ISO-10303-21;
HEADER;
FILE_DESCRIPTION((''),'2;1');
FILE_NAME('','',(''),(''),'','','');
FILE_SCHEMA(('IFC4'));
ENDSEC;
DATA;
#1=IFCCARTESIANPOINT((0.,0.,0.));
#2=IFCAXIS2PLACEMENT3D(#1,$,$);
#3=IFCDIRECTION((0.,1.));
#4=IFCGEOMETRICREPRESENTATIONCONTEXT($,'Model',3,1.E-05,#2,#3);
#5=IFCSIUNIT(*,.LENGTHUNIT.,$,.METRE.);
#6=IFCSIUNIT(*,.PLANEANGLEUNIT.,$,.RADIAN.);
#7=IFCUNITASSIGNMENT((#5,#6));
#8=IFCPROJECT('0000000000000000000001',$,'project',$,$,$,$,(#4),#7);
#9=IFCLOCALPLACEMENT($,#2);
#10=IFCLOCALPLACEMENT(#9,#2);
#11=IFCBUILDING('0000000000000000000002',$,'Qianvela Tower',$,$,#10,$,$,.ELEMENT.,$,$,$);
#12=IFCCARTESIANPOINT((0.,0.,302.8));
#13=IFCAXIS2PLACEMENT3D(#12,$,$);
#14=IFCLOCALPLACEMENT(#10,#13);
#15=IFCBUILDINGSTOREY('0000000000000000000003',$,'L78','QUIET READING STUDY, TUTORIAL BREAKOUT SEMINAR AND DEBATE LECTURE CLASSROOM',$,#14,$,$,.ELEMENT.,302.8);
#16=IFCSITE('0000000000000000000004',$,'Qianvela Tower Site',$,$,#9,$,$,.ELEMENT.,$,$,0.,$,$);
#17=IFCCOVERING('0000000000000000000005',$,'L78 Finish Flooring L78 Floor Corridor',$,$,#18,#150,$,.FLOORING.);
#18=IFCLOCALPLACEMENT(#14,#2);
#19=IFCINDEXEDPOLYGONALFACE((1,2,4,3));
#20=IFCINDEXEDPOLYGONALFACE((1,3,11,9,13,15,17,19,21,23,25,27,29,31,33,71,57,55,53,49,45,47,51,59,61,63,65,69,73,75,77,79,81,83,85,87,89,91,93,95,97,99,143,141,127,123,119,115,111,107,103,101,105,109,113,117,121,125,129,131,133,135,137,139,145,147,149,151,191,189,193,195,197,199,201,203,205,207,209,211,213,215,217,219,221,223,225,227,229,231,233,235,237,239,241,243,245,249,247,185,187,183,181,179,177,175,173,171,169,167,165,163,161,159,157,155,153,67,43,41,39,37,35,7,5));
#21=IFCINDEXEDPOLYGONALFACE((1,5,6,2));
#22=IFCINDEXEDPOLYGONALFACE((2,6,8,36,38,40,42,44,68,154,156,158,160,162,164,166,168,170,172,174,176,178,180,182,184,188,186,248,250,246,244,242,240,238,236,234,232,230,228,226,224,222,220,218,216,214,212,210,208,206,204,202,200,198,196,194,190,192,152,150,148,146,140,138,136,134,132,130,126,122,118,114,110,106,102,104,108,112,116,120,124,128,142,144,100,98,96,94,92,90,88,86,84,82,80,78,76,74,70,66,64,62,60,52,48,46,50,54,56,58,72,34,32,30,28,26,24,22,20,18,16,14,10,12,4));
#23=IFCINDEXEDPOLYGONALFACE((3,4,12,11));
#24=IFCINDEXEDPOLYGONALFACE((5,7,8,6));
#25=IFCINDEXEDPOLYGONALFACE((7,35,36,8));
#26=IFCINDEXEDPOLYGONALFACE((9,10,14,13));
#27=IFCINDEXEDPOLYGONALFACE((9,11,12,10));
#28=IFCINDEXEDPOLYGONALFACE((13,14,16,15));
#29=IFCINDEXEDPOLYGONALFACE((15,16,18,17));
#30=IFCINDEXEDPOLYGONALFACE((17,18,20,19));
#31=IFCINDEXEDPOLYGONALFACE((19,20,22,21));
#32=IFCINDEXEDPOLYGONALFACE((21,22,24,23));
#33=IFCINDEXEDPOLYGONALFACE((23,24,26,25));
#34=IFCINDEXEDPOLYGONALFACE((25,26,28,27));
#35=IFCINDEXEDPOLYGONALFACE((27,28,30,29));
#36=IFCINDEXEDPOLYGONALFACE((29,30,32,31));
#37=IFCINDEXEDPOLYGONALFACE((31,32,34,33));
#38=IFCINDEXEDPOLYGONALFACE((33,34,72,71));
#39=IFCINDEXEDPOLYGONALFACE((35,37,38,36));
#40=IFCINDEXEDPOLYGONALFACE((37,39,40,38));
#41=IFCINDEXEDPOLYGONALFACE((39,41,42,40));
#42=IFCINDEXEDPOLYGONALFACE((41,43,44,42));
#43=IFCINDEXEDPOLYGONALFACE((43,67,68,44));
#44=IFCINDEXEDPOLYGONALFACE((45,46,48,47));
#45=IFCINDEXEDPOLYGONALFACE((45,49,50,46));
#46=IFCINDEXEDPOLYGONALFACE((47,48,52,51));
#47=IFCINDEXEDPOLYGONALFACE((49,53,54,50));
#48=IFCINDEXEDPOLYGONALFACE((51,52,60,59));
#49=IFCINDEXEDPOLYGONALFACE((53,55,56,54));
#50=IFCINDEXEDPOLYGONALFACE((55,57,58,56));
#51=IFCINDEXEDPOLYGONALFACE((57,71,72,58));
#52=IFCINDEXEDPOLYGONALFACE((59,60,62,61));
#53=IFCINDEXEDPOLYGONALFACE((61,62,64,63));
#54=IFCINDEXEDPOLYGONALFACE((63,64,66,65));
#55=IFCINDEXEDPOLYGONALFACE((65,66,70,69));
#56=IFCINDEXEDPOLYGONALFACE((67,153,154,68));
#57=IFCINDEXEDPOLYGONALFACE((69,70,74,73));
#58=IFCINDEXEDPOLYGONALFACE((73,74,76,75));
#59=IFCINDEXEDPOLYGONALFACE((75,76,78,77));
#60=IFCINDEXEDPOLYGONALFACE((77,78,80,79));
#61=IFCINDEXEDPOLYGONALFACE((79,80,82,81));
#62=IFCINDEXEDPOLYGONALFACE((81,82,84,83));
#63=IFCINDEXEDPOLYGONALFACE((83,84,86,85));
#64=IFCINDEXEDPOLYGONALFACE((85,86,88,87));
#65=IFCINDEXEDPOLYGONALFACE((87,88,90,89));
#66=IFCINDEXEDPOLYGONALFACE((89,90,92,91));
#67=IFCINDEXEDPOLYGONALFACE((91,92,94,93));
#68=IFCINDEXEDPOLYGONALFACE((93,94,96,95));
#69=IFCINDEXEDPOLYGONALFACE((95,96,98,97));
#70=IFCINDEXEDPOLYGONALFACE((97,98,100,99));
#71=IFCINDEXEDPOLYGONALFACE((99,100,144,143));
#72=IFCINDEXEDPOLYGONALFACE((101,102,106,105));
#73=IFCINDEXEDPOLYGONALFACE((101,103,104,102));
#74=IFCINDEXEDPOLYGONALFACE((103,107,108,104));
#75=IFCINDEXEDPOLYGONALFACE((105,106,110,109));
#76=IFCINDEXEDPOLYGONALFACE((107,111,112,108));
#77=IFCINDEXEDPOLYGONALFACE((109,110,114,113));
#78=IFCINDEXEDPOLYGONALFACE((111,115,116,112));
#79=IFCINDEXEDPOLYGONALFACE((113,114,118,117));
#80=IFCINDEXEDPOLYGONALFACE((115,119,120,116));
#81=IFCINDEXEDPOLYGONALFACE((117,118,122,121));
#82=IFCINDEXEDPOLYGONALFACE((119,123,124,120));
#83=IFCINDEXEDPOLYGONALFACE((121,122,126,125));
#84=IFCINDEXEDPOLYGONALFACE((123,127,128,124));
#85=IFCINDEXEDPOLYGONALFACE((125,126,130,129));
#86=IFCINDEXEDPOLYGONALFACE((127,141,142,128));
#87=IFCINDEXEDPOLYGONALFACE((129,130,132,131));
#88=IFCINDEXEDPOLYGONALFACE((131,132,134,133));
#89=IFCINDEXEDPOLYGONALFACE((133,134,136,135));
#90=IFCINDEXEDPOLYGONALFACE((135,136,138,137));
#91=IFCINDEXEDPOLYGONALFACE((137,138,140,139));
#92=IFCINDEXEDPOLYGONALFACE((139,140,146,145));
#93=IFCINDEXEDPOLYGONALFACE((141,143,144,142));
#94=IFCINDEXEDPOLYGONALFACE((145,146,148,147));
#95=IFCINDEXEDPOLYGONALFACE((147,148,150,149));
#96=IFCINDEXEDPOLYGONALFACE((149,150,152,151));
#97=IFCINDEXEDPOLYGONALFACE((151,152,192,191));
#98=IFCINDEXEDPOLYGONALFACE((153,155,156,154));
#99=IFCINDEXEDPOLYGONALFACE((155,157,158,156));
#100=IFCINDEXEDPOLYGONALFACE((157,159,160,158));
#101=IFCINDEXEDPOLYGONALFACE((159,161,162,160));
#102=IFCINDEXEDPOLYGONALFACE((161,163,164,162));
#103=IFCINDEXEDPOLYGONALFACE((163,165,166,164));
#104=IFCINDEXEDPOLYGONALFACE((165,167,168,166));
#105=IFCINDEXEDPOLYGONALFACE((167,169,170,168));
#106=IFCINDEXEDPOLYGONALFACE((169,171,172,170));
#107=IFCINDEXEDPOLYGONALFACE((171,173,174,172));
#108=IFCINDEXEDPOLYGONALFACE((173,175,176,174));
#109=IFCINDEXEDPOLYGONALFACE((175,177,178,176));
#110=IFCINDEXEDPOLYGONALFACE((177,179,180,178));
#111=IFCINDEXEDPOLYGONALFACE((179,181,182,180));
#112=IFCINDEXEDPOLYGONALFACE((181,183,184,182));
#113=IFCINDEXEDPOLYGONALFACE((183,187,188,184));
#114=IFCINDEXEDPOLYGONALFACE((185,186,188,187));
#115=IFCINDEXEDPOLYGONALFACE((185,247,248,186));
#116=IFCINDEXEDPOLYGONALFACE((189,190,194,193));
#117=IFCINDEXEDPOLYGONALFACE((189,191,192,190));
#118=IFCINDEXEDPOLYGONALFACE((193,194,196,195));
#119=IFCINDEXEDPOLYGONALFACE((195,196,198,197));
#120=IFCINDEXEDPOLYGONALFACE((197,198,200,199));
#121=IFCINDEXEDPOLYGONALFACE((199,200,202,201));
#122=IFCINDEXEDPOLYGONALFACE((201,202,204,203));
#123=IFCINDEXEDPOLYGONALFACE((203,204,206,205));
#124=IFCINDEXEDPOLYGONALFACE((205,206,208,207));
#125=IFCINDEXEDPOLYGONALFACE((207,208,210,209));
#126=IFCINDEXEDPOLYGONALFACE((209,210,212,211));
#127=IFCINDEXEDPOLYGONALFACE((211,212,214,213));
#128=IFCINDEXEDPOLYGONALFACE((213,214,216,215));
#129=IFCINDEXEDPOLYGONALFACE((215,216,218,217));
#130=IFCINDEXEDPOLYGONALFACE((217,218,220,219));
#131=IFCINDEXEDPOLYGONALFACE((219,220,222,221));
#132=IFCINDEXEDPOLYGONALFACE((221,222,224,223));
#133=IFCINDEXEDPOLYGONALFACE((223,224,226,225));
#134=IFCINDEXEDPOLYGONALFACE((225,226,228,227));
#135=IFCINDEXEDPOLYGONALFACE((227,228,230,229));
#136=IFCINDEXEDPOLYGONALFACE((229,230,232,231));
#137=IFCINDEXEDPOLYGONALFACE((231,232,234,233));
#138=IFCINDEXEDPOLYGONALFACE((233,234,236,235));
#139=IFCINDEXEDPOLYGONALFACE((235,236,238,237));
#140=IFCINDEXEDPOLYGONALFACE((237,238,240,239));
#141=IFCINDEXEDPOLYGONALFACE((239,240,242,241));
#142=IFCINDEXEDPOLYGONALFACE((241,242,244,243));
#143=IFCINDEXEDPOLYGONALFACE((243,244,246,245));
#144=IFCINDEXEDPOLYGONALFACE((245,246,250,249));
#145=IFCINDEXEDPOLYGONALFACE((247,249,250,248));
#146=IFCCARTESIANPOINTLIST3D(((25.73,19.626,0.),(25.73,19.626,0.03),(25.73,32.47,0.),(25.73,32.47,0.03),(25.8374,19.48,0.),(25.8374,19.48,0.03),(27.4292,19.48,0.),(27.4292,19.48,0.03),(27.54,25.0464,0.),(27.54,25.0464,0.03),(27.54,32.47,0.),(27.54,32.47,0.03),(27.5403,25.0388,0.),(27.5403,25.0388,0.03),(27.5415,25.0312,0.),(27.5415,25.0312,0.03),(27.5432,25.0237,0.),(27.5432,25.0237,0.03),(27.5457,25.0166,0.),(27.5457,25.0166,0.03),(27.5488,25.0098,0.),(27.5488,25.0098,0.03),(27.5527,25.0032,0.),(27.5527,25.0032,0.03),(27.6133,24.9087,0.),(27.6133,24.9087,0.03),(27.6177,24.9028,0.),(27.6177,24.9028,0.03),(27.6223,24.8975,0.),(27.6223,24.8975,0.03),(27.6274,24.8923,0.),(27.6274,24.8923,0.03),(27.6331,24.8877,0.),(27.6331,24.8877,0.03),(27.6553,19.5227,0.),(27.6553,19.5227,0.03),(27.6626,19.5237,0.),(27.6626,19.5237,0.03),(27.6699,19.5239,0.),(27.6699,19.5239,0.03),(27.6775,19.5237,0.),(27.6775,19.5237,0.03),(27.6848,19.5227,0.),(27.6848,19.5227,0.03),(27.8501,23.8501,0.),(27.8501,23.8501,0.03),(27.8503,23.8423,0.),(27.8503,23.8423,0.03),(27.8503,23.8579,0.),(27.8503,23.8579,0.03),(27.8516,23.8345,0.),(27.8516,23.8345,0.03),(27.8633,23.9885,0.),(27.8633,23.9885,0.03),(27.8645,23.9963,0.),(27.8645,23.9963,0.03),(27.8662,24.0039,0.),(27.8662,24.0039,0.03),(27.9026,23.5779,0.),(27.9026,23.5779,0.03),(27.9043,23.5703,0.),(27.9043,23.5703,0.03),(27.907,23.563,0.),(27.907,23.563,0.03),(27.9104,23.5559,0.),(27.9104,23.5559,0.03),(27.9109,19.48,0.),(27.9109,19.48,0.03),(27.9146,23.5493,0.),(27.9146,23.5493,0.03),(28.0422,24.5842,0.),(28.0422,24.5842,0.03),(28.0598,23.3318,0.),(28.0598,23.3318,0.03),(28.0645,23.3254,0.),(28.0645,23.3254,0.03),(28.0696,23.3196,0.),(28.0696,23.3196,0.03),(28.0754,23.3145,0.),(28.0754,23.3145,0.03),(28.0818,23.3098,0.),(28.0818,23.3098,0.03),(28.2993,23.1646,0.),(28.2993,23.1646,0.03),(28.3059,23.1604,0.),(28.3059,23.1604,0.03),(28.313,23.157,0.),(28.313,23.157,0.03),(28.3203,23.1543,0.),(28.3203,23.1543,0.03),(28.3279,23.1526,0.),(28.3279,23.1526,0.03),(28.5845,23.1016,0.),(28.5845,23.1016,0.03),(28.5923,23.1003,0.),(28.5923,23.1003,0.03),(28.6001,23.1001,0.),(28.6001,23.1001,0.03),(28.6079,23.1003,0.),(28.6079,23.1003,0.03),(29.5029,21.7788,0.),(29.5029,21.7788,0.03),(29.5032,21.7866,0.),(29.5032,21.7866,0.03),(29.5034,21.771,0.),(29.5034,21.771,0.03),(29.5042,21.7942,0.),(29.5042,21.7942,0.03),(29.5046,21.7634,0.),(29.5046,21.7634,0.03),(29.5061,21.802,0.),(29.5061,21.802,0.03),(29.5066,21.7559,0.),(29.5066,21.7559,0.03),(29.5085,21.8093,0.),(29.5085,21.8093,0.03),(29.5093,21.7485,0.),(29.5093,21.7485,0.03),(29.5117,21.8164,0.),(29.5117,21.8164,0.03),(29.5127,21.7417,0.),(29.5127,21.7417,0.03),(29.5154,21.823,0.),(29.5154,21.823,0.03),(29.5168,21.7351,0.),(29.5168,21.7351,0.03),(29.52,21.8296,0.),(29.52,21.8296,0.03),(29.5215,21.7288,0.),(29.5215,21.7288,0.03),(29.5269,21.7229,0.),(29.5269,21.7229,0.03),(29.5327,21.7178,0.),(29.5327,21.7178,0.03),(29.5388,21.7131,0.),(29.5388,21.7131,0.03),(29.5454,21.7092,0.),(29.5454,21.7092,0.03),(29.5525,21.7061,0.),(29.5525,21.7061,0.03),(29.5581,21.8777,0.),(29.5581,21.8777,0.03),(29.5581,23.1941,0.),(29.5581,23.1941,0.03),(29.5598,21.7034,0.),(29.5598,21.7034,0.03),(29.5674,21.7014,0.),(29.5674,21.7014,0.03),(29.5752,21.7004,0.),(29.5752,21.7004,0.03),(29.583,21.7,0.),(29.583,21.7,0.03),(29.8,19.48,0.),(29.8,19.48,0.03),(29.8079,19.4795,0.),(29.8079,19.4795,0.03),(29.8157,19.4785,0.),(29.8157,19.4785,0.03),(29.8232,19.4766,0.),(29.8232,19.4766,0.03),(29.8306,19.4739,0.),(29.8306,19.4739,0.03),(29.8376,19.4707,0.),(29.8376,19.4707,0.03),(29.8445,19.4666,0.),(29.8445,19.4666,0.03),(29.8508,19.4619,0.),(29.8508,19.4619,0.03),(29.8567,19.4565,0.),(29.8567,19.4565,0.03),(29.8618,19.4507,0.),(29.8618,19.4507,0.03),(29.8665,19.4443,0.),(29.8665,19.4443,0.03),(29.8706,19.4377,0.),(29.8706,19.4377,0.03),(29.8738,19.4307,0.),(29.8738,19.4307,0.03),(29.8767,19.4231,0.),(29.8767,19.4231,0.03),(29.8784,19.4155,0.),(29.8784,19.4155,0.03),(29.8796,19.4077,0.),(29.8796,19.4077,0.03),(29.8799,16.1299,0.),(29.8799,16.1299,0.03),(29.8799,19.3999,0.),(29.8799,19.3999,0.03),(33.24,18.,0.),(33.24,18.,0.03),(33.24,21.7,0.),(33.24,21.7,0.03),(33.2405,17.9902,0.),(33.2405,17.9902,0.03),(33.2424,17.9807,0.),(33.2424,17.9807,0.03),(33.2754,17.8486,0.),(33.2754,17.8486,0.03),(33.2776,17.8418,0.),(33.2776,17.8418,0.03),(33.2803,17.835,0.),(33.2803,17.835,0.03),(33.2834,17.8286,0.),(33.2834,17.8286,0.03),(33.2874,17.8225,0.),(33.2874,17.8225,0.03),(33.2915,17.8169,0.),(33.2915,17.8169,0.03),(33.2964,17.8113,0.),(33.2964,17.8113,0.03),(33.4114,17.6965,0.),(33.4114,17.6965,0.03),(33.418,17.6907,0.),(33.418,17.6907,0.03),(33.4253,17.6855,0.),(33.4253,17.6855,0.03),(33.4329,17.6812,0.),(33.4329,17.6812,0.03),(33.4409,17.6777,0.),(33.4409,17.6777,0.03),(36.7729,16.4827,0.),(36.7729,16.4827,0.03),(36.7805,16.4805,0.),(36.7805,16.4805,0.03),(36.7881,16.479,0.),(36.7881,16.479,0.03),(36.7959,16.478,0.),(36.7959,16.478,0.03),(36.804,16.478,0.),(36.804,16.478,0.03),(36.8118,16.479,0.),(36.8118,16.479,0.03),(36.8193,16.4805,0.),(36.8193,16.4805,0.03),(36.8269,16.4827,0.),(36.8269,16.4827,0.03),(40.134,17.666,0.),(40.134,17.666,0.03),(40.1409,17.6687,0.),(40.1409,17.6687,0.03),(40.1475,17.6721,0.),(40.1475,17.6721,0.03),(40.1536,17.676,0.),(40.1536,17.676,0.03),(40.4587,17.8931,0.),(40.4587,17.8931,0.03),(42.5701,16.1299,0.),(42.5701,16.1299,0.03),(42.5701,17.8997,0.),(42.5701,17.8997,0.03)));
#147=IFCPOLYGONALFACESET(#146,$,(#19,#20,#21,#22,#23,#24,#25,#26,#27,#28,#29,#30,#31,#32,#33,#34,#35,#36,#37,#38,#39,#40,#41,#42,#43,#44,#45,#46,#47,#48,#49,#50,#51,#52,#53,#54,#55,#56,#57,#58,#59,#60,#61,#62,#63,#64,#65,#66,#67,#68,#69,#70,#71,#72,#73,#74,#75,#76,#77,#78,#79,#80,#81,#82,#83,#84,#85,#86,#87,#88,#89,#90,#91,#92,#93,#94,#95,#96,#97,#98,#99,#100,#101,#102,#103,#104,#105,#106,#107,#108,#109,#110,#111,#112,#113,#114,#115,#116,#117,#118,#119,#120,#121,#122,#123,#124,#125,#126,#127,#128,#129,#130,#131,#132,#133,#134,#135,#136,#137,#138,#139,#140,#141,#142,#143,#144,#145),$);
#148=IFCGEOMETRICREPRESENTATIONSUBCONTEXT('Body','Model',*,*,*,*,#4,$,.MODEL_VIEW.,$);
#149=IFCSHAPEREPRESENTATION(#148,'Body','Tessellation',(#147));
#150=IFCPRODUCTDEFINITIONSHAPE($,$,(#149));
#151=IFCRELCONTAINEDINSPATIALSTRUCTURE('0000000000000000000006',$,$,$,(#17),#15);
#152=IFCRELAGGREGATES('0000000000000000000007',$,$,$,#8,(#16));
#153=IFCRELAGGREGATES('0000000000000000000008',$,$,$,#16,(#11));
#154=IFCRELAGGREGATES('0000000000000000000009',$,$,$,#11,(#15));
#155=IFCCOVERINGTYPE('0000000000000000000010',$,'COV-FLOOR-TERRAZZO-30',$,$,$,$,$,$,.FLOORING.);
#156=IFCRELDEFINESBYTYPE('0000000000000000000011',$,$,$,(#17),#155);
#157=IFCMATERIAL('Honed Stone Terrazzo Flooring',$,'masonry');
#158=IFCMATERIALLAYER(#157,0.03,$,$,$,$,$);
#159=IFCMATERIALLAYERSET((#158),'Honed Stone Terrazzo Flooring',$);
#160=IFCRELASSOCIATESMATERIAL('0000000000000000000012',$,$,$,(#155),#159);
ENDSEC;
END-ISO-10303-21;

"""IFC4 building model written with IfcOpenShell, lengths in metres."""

from ifc_helpers import new_model, si_unit, direction, frame, origin, place, context, subcontext, project, spatial, polyline, outline, extrude, material, layer, layer_set, type_object, element, save


model = new_model("IFC4")

# Units and contexts
model_context = context("Model", 3, precision=1e-05, world=origin(), true_north=direction((0.0, 1.0)))
body_context = subcontext(model_context, "Body", "Model", "MODEL_VIEW")
ifc_project = project(units=[si_unit("LENGTHUNIT", "METRE"), si_unit("PLANEANGLEUNIT", "RADIAN")], contexts=[model_context])

# Site, building, storey
site_placement = place(None, origin())
site = spatial("IfcSite", under=ifc_project, at=site_placement, Name="Qianvela Tower Site", CompositionType="ELEMENT", RefElevation=0.0)
building_placement = place(site_placement, origin())
building = spatial("IfcBuilding", under=site, at=building_placement, Name="Qianvela Tower", CompositionType="ELEMENT")
storey_placement = place(building_placement, frame((0.0, 0.0, 302.8)))
storey = spatial("IfcBuildingStorey", under=building, at=storey_placement, Name="L78", Description="QUIET READING STUDY, TUTORIAL BREAKOUT SEMINAR AND DEBATE LECTURE CLASSROOM", CompositionType="ELEMENT", Elevation=302.8)

# Covering
ifc_material_1 = material(Name="Honed Stone Terrazzo Flooring", Category="masonry")
ifc_layer_1 = layer(ifc_material_1, 0.03)
ifc_layer_set_1 = layer_set([ifc_layer_1], Name="Honed Stone Terrazzo Flooring")
covering_type_1 = type_object("IfcCoveringType", Name="COV-FLOOR-TERRAZZO-30", PredefinedType="FLOORING", material=ifc_layer_set_1)
covering_1_placement = place(storey_placement, origin())
element("IfcCovering", 1, at=covering_1_placement, inside=storey, type_object=covering_type_1, Name="L78 Finish Flooring L78 Floor Corridor", PredefinedType="FLOORING", context=body_context, shape_type="SweptSolid", body=[
    extrude(outline(polyline([(25.73, 32.47), (27.54, 32.47), (27.54, 25.0464), (27.5403, 25.0388), (27.5415, 25.0312), (27.5432, 25.0237), (27.5457, 25.0166), (27.5488, 25.0098), (27.5527, 25.0032), (27.6133, 24.9087), (27.6177, 24.9028), (27.6223, 24.8975), (27.6274, 24.8923), (27.6331, 24.8877), (28.0422, 24.5842), (27.8662, 24.0039), (27.8645, 23.9963), (27.8633, 23.9885), (27.8503, 23.8579), (27.8501, 23.8501), (27.8503, 23.8423), (27.8516, 23.8345), (27.9026, 23.5779), (27.9043, 23.5703), (27.907, 23.563), (27.9104, 23.5559), (27.9146, 23.5493), (28.0598, 23.3318), (28.0645, 23.3254), (28.0696, 23.3196), (28.0754, 23.3145), (28.0818, 23.3098), (28.2993, 23.1646), (28.3059, 23.1604), (28.313, 23.157), (28.3203, 23.1543), (28.3279, 23.1526), (28.5845, 23.1016), (28.5923, 23.1003), (28.6001, 23.1001), (28.6079, 23.1003), (29.5581, 23.1941), (29.5581, 21.8777), (29.52, 21.8296), (29.5154, 21.823), (29.5117, 21.8164), (29.5085, 21.8093), (29.5061, 21.802), (29.5042, 21.7942), (29.5032, 21.7866), (29.5029, 21.7788), (29.5034, 21.771), (29.5046, 21.7634), (29.5066, 21.7559), (29.5093, 21.7485), (29.5127, 21.7417), (29.5168, 21.7351), (29.5215, 21.7288), (29.5269, 21.7229), (29.5327, 21.7178), (29.5388, 21.7131), (29.5454, 21.7092), (29.5525, 21.7061), (29.5598, 21.7034), (29.5674, 21.7014), (29.5752, 21.7004), (29.583, 21.7), (33.24, 21.7), (33.24, 18.0), (33.2405, 17.9902), (33.2424, 17.9807), (33.2754, 17.8486), (33.2776, 17.8418), (33.2803, 17.835), (33.2834, 17.8286), (33.2874, 17.8225), (33.2915, 17.8169), (33.2964, 17.8113), (33.4114, 17.6965), (33.418, 17.6907), (33.4253, 17.6855), (33.4329, 17.6812), (33.4409, 17.6777), (36.7729, 16.4827), (36.7805, 16.4805), (36.7881, 16.479), (36.7959, 16.478), (36.804, 16.478), (36.8118, 16.479), (36.8193, 16.4805), (36.8269, 16.4827), (40.134, 17.666), (40.1409, 17.6687), (40.1475, 17.6721), (40.1536, 17.676), (40.4587, 17.8931), (42.5701, 17.8997), (42.5701, 16.1299), (29.8799, 16.1299), (29.8799, 19.3999), (29.8796, 19.4077), (29.8784, 19.4155), (29.8767, 19.4231), (29.8738, 19.4307), (29.8706, 19.4377), (29.8665, 19.4443), (29.8618, 19.4507), (29.8567, 19.4565), (29.8508, 19.4619), (29.8445, 19.4666), (29.8376, 19.4707), (29.8306, 19.4739), (29.8232, 19.4766), (29.8157, 19.4785), (29.8079, 19.4795), (29.8, 19.48), (27.9109, 19.48), (27.6848, 19.5227), (27.6775, 19.5237), (27.6699, 19.5239), (27.6626, 19.5237), (27.6553, 19.5227), (27.4292, 19.48), (25.8374, 19.48), (25.73, 19.626), (25.73, 32.47)])), origin(), (0.0, 0.0, 1.0), 0.03),
])

save(model, "model.ifc")
